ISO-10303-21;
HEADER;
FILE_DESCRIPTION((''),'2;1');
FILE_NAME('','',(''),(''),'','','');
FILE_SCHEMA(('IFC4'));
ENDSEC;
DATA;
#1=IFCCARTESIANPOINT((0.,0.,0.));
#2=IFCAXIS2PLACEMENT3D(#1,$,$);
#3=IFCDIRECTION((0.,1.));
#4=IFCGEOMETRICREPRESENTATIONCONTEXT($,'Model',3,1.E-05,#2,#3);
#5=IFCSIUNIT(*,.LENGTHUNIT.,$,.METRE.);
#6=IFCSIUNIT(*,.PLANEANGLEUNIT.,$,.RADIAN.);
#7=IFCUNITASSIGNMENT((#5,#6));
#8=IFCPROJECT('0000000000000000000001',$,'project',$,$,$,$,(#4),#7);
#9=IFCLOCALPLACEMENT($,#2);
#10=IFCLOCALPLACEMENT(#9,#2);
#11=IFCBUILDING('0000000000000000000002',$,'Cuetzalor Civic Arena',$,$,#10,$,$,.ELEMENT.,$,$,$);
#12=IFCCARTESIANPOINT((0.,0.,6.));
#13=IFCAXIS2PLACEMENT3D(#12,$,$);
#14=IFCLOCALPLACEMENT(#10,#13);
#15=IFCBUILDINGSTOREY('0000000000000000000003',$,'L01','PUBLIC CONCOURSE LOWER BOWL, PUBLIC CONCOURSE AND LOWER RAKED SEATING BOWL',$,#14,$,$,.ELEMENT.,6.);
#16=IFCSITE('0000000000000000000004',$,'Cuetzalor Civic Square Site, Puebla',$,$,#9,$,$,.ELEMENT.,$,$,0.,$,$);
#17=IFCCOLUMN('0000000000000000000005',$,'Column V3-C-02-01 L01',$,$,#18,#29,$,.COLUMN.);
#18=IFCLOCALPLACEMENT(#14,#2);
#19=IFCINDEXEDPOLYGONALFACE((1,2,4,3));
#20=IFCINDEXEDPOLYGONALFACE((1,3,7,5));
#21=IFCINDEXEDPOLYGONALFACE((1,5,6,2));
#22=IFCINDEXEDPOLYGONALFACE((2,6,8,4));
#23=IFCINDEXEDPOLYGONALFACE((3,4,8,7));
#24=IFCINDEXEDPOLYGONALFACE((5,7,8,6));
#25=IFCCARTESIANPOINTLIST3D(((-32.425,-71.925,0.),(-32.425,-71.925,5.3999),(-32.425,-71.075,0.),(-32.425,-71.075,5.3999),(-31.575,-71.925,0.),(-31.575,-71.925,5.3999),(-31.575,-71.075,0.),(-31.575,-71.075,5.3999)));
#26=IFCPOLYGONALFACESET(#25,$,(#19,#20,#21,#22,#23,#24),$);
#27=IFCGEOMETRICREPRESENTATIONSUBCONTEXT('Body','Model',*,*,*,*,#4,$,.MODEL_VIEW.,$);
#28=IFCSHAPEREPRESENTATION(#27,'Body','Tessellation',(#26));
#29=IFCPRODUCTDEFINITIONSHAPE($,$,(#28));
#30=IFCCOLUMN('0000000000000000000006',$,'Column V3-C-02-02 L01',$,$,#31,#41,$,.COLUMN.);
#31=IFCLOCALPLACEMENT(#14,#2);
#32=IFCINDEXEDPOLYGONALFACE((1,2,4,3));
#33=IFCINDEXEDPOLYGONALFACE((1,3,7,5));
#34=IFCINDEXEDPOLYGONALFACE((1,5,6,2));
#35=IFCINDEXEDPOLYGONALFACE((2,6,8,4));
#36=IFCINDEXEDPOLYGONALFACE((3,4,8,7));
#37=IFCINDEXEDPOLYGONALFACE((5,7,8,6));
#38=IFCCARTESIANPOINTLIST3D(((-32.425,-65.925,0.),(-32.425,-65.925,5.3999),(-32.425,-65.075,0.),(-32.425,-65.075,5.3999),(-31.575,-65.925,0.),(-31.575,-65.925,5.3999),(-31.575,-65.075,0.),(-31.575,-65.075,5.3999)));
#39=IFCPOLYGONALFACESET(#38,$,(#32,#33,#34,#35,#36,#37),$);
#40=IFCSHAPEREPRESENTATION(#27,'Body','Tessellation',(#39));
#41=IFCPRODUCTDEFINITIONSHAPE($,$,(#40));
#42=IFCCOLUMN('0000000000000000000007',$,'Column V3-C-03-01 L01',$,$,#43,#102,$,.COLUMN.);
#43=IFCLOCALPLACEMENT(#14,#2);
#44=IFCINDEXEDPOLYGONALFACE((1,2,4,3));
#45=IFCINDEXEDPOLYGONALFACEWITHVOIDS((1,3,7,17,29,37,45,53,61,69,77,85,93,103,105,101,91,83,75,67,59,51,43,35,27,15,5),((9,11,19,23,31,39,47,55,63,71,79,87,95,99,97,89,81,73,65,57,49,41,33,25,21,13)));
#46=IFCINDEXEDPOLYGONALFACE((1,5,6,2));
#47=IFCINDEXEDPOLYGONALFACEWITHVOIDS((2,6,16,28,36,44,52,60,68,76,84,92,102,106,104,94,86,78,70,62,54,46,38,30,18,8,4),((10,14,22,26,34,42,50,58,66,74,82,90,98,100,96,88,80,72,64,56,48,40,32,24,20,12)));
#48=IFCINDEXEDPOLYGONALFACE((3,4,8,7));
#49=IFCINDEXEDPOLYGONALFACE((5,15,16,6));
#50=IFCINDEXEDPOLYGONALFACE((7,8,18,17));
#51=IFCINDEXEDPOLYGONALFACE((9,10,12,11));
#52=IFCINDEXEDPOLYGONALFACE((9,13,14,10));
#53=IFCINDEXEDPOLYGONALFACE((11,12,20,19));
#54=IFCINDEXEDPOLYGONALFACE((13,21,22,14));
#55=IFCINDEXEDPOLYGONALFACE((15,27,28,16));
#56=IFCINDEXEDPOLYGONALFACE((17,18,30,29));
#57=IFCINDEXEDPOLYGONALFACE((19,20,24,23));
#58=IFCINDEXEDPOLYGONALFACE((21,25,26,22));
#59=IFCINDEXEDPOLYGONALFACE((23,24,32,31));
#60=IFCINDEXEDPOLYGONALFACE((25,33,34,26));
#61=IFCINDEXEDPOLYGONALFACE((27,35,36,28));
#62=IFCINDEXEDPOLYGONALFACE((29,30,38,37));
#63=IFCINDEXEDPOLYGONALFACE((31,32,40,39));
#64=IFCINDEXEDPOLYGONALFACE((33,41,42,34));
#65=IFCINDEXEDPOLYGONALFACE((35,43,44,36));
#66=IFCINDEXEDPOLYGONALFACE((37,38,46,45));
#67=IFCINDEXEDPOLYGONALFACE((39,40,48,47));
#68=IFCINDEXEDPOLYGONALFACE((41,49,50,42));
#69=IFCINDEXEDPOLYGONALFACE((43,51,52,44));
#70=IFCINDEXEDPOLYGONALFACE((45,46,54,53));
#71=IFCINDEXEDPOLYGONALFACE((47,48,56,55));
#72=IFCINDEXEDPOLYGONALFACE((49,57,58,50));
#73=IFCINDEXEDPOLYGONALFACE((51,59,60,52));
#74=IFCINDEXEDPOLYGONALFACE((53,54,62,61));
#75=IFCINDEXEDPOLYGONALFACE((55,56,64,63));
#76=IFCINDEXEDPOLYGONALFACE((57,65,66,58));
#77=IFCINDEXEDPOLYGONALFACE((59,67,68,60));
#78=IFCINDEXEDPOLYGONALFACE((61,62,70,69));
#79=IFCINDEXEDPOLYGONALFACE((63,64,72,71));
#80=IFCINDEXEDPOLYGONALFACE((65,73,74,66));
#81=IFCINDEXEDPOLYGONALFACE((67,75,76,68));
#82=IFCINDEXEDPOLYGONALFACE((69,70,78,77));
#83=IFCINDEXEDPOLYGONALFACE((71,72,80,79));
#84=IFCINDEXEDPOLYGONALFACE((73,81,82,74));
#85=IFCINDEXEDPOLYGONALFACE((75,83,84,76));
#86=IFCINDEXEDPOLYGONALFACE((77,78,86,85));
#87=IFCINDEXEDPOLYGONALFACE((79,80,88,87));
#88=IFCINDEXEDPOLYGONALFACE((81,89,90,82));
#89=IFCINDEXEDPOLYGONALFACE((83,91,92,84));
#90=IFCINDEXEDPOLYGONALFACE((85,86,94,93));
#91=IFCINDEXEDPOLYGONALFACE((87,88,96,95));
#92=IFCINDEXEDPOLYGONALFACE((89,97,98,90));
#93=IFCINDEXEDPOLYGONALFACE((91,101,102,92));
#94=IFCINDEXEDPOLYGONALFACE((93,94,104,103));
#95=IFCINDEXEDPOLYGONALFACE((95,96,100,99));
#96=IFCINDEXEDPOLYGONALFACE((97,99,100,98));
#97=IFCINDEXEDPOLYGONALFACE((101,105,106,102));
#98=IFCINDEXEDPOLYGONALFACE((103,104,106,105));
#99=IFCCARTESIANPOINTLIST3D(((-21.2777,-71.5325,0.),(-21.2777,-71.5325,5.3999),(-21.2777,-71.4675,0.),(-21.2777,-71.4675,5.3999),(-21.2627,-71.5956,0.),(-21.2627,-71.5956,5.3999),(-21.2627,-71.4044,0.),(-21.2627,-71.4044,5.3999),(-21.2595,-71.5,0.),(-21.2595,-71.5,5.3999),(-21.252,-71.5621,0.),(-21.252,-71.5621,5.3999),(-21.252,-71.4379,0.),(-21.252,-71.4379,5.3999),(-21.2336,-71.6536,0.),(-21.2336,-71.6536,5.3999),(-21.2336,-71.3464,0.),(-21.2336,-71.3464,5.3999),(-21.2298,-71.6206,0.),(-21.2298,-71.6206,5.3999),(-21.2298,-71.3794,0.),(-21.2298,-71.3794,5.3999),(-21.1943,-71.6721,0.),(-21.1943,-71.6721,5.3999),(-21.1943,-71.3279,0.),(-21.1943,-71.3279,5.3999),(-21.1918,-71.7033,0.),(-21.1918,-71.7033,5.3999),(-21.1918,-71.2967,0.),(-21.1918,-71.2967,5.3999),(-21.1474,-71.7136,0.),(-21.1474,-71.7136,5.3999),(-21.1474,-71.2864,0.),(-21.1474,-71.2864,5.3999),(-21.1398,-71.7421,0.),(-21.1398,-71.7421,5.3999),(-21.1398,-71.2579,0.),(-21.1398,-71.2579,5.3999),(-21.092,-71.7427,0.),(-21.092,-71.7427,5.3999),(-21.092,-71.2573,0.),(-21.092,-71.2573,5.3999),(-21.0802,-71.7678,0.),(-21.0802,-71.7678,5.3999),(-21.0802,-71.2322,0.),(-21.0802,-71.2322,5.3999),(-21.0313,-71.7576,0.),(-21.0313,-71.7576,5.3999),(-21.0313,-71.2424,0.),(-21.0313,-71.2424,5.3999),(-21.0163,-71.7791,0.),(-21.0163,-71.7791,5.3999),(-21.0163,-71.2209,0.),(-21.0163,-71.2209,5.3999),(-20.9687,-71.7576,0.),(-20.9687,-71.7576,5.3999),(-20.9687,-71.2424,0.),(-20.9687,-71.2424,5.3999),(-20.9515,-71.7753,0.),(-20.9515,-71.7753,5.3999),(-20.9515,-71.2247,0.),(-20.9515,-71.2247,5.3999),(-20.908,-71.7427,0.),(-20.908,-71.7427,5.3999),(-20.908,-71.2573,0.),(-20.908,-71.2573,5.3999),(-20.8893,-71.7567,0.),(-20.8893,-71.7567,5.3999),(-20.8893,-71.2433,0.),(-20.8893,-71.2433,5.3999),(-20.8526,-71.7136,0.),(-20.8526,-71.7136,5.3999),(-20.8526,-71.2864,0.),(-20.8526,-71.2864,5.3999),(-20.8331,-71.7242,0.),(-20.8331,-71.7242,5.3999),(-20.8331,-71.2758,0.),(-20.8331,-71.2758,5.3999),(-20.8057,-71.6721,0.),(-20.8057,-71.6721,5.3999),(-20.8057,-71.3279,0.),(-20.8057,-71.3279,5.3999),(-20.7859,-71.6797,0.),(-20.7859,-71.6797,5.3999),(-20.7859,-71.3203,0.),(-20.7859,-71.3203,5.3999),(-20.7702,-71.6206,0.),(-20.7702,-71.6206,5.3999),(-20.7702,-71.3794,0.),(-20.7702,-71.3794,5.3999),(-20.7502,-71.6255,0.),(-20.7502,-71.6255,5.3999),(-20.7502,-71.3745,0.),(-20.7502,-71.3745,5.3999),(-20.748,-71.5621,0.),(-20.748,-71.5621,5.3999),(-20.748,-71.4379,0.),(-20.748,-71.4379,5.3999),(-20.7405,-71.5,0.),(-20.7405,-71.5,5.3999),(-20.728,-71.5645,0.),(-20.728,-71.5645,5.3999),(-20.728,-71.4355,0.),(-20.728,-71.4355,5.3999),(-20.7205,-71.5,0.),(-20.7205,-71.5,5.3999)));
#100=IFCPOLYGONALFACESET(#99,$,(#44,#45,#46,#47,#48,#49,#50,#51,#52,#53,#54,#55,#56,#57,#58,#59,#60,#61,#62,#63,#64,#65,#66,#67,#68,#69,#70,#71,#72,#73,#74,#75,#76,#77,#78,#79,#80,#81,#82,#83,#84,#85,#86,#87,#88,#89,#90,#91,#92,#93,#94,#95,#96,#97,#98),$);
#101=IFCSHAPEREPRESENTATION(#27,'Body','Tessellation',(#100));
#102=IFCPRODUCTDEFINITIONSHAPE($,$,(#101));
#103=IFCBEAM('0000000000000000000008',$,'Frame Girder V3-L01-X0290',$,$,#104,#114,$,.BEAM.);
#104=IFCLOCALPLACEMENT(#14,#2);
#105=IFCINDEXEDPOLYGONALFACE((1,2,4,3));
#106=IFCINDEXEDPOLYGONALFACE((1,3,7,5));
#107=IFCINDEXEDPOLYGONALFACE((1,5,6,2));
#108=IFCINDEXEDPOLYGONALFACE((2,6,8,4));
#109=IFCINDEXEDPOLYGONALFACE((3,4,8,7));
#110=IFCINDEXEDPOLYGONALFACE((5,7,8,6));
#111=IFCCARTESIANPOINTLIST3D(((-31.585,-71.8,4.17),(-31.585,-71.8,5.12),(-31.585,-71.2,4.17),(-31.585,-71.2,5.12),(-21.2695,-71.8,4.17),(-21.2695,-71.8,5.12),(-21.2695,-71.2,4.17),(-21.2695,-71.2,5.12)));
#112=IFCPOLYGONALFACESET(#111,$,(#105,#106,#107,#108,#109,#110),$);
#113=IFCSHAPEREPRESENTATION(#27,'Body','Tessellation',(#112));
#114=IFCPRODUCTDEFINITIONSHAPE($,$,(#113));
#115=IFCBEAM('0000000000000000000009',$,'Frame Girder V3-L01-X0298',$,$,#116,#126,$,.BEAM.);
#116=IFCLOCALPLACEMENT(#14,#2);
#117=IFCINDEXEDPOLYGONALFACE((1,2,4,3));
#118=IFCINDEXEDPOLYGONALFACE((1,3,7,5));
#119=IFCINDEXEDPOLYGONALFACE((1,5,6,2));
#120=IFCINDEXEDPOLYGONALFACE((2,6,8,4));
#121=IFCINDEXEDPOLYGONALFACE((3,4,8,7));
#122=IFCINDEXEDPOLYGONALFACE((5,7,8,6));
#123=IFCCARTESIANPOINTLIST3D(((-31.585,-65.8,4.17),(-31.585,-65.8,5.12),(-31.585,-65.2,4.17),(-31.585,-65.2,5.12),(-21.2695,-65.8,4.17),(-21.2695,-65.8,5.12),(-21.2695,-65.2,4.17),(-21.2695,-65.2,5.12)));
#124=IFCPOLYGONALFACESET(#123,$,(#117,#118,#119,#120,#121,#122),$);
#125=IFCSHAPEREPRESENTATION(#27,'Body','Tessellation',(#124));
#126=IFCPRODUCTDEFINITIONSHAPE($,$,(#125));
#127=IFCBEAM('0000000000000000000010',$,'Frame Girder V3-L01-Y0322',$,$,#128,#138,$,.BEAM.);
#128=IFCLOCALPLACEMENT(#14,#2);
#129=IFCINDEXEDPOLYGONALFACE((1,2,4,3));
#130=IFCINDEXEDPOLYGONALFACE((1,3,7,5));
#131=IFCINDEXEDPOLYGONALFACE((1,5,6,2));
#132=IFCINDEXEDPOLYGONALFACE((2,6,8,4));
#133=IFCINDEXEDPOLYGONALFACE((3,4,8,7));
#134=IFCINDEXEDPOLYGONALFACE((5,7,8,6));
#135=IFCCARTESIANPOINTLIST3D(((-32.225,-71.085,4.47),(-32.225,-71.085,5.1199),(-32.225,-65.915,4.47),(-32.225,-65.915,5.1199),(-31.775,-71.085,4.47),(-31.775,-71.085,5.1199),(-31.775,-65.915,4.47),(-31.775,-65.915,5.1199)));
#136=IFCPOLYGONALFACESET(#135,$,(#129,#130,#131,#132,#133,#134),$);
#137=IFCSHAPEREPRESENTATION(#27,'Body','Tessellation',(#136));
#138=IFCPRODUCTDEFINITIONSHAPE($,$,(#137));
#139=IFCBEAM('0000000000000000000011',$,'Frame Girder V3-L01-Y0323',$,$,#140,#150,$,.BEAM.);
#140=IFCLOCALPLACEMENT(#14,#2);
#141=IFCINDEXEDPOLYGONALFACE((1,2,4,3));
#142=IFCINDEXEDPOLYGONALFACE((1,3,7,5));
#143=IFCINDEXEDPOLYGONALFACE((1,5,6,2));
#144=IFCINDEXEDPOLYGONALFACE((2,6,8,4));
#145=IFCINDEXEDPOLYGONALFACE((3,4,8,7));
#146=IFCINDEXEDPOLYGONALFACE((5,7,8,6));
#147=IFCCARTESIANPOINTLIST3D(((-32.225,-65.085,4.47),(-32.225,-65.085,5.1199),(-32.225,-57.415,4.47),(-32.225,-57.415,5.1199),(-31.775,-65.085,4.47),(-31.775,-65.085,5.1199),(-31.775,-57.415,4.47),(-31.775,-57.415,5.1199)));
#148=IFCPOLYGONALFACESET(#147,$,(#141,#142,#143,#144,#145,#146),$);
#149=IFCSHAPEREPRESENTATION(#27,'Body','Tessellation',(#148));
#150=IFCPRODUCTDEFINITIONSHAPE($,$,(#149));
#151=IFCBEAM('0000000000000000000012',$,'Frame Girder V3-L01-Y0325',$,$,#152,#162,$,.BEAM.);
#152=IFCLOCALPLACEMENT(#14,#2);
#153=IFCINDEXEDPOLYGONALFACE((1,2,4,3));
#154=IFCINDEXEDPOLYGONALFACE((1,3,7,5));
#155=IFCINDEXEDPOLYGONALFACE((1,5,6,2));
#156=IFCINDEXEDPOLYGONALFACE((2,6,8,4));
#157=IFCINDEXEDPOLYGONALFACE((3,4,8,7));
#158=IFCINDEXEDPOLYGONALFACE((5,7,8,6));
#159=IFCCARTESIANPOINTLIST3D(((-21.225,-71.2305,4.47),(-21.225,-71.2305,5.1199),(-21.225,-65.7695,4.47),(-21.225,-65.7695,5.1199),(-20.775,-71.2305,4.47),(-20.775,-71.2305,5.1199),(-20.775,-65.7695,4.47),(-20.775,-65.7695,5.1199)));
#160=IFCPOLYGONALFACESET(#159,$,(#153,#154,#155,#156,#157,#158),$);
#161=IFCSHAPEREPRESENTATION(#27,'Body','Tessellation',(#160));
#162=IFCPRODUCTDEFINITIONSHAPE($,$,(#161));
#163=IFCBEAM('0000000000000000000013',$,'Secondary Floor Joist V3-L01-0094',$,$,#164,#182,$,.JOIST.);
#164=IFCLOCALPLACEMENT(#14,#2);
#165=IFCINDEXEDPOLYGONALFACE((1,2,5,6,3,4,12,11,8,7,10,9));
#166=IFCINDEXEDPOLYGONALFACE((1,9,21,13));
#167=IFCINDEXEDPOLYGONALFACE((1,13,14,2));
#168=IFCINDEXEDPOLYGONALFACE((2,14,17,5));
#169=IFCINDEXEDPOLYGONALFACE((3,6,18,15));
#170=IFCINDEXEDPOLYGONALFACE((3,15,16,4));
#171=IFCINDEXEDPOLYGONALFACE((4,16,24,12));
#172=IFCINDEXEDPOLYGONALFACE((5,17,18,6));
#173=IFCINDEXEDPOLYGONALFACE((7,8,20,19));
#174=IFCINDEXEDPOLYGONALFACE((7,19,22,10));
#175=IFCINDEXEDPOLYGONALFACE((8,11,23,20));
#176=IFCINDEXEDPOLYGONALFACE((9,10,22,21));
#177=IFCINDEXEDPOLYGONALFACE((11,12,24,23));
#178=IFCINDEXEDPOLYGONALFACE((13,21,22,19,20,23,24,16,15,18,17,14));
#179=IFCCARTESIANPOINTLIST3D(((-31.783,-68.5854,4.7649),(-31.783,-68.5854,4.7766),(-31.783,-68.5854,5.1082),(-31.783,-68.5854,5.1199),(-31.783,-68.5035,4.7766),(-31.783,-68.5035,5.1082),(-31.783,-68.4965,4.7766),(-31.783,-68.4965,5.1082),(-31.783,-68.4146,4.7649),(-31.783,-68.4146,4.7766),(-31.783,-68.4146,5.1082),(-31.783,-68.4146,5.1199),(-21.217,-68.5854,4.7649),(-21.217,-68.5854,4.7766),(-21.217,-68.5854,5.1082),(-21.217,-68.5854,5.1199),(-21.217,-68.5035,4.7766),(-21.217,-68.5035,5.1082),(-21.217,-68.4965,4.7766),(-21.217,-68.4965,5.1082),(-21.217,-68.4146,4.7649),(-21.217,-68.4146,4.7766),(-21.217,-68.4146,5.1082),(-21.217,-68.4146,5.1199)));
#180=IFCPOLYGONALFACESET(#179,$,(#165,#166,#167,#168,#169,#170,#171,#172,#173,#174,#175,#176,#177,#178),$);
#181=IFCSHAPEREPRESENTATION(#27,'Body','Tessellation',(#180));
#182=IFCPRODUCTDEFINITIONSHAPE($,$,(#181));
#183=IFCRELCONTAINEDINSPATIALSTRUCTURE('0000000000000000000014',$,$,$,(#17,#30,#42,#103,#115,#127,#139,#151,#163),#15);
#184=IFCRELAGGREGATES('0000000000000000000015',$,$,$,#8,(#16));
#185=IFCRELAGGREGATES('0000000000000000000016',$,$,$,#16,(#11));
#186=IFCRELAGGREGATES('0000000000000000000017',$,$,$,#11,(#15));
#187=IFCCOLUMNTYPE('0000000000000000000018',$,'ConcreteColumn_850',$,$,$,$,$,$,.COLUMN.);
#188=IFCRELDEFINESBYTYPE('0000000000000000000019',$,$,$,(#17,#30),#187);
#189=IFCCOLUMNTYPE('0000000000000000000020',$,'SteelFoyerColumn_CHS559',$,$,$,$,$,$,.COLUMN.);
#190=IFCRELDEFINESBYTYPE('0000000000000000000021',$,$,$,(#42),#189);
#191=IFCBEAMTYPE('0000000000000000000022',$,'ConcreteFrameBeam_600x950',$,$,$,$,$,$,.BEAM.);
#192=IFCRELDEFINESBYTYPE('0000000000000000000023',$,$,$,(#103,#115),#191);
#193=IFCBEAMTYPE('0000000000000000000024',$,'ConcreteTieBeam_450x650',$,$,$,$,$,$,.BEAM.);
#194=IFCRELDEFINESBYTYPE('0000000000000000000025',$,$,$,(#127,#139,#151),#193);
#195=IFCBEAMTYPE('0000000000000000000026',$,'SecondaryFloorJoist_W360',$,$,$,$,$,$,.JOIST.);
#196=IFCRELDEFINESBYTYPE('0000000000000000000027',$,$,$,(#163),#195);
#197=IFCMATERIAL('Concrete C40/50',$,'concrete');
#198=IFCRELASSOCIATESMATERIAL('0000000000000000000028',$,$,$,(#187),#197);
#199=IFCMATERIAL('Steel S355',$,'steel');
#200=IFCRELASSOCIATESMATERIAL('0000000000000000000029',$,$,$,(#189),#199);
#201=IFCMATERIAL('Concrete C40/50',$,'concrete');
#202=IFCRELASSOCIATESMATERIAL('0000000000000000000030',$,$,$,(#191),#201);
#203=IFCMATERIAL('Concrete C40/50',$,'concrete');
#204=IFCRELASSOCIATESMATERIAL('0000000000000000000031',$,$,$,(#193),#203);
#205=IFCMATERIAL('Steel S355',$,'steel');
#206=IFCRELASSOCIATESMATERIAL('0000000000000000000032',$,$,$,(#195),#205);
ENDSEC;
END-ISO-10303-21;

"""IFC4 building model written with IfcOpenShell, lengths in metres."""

from ifc_helpers import new_model, si_unit, direction, frame, origin, origin_2d, place, context, subcontext, project, spatial, rectangle, hollow_circle, i_section, extrude, material, material_profile, profile_set, type_object, element, save


model = new_model("IFC4")

# Units and contexts
model_context = context("Model", 3, precision=1e-05, world=origin(), true_north=direction((0.0, 1.0)))
body_context = subcontext(model_context, "Body", "Model", "MODEL_VIEW")
ifc_project = project(units=[si_unit("LENGTHUNIT", "METRE"), si_unit("PLANEANGLEUNIT", "RADIAN")], contexts=[model_context])

# Site, building, storey
site_placement = place(None, origin())
site = spatial("IfcSite", under=ifc_project, at=site_placement, Name="Cuetzalor Civic Square Site, Puebla", CompositionType="ELEMENT", RefElevation=0.0)
building_placement = place(site_placement, origin())
building = spatial("IfcBuilding", under=site, at=building_placement, Name="Cuetzalor Civic Arena", CompositionType="ELEMENT")
storey_placement = place(building_placement, frame((0.0, 0.0, 6.0)))
storey = spatial("IfcBuildingStorey", under=building, at=storey_placement, Name="L01", Description="PUBLIC CONCOURSE LOWER BOWL, PUBLIC CONCOURSE AND LOWER RAKED SEATING BOWL", CompositionType="ELEMENT", Elevation=6.0)

# Columns
ifc_material_1 = material(Name="Concrete C40/50", Category="concrete")
ifc_material_profile_1 = material_profile(ifc_material_1, rectangle(XDim=0.8501, YDim=0.8501, at=origin_2d()), Name="RC 850x850")
ifc_profile_set_1 = profile_set([ifc_material_profile_1], Name="Concrete C40/50")
column_type_1 = type_object("IfcColumnType", Name="ConcreteColumn_850", PredefinedType="COLUMN", material=ifc_profile_set_1)
for number, where, z_axis, x_axis, name in (
    (1, (-32.0, -71.5, 0.0), (0.0, 0.0, 1.0), (1.0, 0.0, 0.0), "Column V3-C-02-01 L01"),
    (2, (-32.0, -65.5, 0.0), (0.0, 0.0, 1.0), (1.0, 0.0, 0.0), "Column V3-C-02-02 L01"),
):
    element("IfcColumn", number, at=place(storey_placement, frame(where, z_axis=z_axis, x_axis=x_axis)), inside=storey, type_object=column_type_1, Name=name, PredefinedType="COLUMN", context=body_context, shape_type="SweptSolid", body=[
        extrude(rectangle(XDim=0.8501, YDim=0.8501, at=origin_2d()), origin(), (0.0, 0.0, 1.0), 5.3999),
    ])
ifc_material_2 = material(Name="Steel S355", Category="steel")
ifc_material_profile_2 = material_profile(ifc_material_2, hollow_circle(Radius=0.2795, WallThickness=0.02, at=origin_2d()), Name="CHS 559x20")
ifc_profile_set_2 = profile_set([ifc_material_profile_2], Name="Steel S355")
column_type_2 = type_object("IfcColumnType", Name="SteelFoyerColumn_CHS559", PredefinedType="COLUMN", material=ifc_profile_set_2)
column_placement = place(storey_placement, frame((-21.0, -71.5, 0.0), z_axis=(0.0, 0.0, 1.0), x_axis=(1.0, 0.0, 0.0)))
element("IfcColumn", 3, at=column_placement, inside=storey, type_object=column_type_2, Name="Column V3-C-03-01 L01", PredefinedType="COLUMN", context=body_context, shape_type="SweptSolid", body=[
    extrude(hollow_circle(Radius=0.2795, WallThickness=0.02, at=origin_2d()), origin(), (0.0, 0.0, 1.0), 5.3999),
])

# Beams
ifc_material_3 = material(Name="Concrete C40/50", Category="concrete")
ifc_material_profile_3 = material_profile(ifc_material_3, rectangle(XDim=0.6001, YDim=0.95, at=origin_2d()), Name="RC 600x950")
ifc_profile_set_3 = profile_set([ifc_material_profile_3], Name="Concrete C40/50")
beam_type_1 = type_object("IfcBeamType", Name="ConcreteFrameBeam_600x950", PredefinedType="BEAM", material=ifc_profile_set_3)
for number, where, z_axis, x_axis, name in (
    (4, (-31.585, -71.5, 4.645), (1.0, 0.0, 0.0), (0.0, 1.0, 0.0), "Frame Girder V3-L01-X0290"),
    (5, (-31.585, -65.5, 4.645), (1.0, 0.0, 0.0), (0.0, 1.0, 0.0), "Frame Girder V3-L01-X0298"),
):
    element("IfcBeam", number, at=place(storey_placement, frame(where, z_axis=z_axis, x_axis=x_axis)), inside=storey, type_object=beam_type_1, Name=name, PredefinedType="BEAM", context=body_context, shape_type="SweptSolid", body=[
        extrude(rectangle(XDim=0.6001, YDim=0.95, at=origin_2d()), origin(), (0.0, 0.0, 1.0), 10.3154),
    ])
ifc_material_4 = material(Name="Concrete C40/50", Category="concrete")
ifc_material_profile_4 = material_profile(ifc_material_4, rectangle(XDim=0.45, YDim=0.6499, at=origin_2d()), Name="RC 450x650")
ifc_profile_set_4 = profile_set([ifc_material_profile_4], Name="Concrete C40/50")
beam_type_2 = type_object("IfcBeamType", Name="ConcreteTieBeam_450x650", PredefinedType="BEAM", material=ifc_profile_set_4)
beam_1_placement = place(storey_placement, frame((-32.0, -71.085, 4.7949), z_axis=(0.0, 1.0, 0.0), x_axis=(-1.0, 0.0, 0.0)))
element("IfcBeam", 6, at=beam_1_placement, inside=storey, type_object=beam_type_2, Name="Frame Girder V3-L01-Y0322", PredefinedType="BEAM", context=body_context, shape_type="SweptSolid", body=[
    extrude(rectangle(XDim=0.45, YDim=0.6499, at=origin_2d()), origin(), (0.0, 0.0, 1.0), 5.1699),
])
beam_2_placement = place(storey_placement, frame((-32.0, -65.085, 4.7949), z_axis=(0.0, 1.0, 0.0), x_axis=(-1.0, 0.0, 0.0)))
element("IfcBeam", 7, at=beam_2_placement, inside=storey, type_object=beam_type_2, Name="Frame Girder V3-L01-Y0323", PredefinedType="BEAM", context=body_context, shape_type="SweptSolid", body=[
    extrude(rectangle(XDim=0.45, YDim=0.6499, at=origin_2d()), origin(), (0.0, 0.0, 1.0), 7.6699),
])
beam_3_placement = place(storey_placement, frame((-21.0, -71.2305, 4.7949), z_axis=(0.0, 1.0, 0.0), x_axis=(-1.0, 0.0, 0.0)))
element("IfcBeam", 8, at=beam_3_placement, inside=storey, type_object=beam_type_2, Name="Frame Girder V3-L01-Y0325", PredefinedType="BEAM", context=body_context, shape_type="SweptSolid", body=[
    extrude(rectangle(XDim=0.45, YDim=0.6499, at=origin_2d()), origin(), (0.0, 0.0, 1.0), 5.4609),
])
ifc_material_5 = material(Name="Steel S355", Category="steel")
ifc_material_profile_5 = material_profile(ifc_material_5, i_section(OverallWidth=0.1709, OverallDepth=0.355, WebThickness=0.0071, FlangeThickness=0.0117, at=origin_2d()), Name="W360x51")
ifc_profile_set_5 = profile_set([ifc_material_profile_5], Name="Steel S355")
beam_type_3 = type_object("IfcBeamType", Name="SecondaryFloorJoist_W360", PredefinedType="JOIST", material=ifc_profile_set_5)
beam_4_placement = place(storey_placement, frame((-31.783, -68.5, 4.9424), z_axis=(1.0, 0.0, 0.0), x_axis=(0.0, 1.0, 0.0)))
element("IfcBeam", 9, at=beam_4_placement, inside=storey, type_object=beam_type_3, Name="Secondary Floor Joist V3-L01-0094", PredefinedType="JOIST", context=body_context, shape_type="SweptSolid", body=[
    extrude(i_section(OverallWidth=0.1709, OverallDepth=0.355, WebThickness=0.0071, FlangeThickness=0.0117, at=origin_2d()), origin(), (0.0, 0.0, 1.0), 10.5659),
])

save(model, "model.ifc")
